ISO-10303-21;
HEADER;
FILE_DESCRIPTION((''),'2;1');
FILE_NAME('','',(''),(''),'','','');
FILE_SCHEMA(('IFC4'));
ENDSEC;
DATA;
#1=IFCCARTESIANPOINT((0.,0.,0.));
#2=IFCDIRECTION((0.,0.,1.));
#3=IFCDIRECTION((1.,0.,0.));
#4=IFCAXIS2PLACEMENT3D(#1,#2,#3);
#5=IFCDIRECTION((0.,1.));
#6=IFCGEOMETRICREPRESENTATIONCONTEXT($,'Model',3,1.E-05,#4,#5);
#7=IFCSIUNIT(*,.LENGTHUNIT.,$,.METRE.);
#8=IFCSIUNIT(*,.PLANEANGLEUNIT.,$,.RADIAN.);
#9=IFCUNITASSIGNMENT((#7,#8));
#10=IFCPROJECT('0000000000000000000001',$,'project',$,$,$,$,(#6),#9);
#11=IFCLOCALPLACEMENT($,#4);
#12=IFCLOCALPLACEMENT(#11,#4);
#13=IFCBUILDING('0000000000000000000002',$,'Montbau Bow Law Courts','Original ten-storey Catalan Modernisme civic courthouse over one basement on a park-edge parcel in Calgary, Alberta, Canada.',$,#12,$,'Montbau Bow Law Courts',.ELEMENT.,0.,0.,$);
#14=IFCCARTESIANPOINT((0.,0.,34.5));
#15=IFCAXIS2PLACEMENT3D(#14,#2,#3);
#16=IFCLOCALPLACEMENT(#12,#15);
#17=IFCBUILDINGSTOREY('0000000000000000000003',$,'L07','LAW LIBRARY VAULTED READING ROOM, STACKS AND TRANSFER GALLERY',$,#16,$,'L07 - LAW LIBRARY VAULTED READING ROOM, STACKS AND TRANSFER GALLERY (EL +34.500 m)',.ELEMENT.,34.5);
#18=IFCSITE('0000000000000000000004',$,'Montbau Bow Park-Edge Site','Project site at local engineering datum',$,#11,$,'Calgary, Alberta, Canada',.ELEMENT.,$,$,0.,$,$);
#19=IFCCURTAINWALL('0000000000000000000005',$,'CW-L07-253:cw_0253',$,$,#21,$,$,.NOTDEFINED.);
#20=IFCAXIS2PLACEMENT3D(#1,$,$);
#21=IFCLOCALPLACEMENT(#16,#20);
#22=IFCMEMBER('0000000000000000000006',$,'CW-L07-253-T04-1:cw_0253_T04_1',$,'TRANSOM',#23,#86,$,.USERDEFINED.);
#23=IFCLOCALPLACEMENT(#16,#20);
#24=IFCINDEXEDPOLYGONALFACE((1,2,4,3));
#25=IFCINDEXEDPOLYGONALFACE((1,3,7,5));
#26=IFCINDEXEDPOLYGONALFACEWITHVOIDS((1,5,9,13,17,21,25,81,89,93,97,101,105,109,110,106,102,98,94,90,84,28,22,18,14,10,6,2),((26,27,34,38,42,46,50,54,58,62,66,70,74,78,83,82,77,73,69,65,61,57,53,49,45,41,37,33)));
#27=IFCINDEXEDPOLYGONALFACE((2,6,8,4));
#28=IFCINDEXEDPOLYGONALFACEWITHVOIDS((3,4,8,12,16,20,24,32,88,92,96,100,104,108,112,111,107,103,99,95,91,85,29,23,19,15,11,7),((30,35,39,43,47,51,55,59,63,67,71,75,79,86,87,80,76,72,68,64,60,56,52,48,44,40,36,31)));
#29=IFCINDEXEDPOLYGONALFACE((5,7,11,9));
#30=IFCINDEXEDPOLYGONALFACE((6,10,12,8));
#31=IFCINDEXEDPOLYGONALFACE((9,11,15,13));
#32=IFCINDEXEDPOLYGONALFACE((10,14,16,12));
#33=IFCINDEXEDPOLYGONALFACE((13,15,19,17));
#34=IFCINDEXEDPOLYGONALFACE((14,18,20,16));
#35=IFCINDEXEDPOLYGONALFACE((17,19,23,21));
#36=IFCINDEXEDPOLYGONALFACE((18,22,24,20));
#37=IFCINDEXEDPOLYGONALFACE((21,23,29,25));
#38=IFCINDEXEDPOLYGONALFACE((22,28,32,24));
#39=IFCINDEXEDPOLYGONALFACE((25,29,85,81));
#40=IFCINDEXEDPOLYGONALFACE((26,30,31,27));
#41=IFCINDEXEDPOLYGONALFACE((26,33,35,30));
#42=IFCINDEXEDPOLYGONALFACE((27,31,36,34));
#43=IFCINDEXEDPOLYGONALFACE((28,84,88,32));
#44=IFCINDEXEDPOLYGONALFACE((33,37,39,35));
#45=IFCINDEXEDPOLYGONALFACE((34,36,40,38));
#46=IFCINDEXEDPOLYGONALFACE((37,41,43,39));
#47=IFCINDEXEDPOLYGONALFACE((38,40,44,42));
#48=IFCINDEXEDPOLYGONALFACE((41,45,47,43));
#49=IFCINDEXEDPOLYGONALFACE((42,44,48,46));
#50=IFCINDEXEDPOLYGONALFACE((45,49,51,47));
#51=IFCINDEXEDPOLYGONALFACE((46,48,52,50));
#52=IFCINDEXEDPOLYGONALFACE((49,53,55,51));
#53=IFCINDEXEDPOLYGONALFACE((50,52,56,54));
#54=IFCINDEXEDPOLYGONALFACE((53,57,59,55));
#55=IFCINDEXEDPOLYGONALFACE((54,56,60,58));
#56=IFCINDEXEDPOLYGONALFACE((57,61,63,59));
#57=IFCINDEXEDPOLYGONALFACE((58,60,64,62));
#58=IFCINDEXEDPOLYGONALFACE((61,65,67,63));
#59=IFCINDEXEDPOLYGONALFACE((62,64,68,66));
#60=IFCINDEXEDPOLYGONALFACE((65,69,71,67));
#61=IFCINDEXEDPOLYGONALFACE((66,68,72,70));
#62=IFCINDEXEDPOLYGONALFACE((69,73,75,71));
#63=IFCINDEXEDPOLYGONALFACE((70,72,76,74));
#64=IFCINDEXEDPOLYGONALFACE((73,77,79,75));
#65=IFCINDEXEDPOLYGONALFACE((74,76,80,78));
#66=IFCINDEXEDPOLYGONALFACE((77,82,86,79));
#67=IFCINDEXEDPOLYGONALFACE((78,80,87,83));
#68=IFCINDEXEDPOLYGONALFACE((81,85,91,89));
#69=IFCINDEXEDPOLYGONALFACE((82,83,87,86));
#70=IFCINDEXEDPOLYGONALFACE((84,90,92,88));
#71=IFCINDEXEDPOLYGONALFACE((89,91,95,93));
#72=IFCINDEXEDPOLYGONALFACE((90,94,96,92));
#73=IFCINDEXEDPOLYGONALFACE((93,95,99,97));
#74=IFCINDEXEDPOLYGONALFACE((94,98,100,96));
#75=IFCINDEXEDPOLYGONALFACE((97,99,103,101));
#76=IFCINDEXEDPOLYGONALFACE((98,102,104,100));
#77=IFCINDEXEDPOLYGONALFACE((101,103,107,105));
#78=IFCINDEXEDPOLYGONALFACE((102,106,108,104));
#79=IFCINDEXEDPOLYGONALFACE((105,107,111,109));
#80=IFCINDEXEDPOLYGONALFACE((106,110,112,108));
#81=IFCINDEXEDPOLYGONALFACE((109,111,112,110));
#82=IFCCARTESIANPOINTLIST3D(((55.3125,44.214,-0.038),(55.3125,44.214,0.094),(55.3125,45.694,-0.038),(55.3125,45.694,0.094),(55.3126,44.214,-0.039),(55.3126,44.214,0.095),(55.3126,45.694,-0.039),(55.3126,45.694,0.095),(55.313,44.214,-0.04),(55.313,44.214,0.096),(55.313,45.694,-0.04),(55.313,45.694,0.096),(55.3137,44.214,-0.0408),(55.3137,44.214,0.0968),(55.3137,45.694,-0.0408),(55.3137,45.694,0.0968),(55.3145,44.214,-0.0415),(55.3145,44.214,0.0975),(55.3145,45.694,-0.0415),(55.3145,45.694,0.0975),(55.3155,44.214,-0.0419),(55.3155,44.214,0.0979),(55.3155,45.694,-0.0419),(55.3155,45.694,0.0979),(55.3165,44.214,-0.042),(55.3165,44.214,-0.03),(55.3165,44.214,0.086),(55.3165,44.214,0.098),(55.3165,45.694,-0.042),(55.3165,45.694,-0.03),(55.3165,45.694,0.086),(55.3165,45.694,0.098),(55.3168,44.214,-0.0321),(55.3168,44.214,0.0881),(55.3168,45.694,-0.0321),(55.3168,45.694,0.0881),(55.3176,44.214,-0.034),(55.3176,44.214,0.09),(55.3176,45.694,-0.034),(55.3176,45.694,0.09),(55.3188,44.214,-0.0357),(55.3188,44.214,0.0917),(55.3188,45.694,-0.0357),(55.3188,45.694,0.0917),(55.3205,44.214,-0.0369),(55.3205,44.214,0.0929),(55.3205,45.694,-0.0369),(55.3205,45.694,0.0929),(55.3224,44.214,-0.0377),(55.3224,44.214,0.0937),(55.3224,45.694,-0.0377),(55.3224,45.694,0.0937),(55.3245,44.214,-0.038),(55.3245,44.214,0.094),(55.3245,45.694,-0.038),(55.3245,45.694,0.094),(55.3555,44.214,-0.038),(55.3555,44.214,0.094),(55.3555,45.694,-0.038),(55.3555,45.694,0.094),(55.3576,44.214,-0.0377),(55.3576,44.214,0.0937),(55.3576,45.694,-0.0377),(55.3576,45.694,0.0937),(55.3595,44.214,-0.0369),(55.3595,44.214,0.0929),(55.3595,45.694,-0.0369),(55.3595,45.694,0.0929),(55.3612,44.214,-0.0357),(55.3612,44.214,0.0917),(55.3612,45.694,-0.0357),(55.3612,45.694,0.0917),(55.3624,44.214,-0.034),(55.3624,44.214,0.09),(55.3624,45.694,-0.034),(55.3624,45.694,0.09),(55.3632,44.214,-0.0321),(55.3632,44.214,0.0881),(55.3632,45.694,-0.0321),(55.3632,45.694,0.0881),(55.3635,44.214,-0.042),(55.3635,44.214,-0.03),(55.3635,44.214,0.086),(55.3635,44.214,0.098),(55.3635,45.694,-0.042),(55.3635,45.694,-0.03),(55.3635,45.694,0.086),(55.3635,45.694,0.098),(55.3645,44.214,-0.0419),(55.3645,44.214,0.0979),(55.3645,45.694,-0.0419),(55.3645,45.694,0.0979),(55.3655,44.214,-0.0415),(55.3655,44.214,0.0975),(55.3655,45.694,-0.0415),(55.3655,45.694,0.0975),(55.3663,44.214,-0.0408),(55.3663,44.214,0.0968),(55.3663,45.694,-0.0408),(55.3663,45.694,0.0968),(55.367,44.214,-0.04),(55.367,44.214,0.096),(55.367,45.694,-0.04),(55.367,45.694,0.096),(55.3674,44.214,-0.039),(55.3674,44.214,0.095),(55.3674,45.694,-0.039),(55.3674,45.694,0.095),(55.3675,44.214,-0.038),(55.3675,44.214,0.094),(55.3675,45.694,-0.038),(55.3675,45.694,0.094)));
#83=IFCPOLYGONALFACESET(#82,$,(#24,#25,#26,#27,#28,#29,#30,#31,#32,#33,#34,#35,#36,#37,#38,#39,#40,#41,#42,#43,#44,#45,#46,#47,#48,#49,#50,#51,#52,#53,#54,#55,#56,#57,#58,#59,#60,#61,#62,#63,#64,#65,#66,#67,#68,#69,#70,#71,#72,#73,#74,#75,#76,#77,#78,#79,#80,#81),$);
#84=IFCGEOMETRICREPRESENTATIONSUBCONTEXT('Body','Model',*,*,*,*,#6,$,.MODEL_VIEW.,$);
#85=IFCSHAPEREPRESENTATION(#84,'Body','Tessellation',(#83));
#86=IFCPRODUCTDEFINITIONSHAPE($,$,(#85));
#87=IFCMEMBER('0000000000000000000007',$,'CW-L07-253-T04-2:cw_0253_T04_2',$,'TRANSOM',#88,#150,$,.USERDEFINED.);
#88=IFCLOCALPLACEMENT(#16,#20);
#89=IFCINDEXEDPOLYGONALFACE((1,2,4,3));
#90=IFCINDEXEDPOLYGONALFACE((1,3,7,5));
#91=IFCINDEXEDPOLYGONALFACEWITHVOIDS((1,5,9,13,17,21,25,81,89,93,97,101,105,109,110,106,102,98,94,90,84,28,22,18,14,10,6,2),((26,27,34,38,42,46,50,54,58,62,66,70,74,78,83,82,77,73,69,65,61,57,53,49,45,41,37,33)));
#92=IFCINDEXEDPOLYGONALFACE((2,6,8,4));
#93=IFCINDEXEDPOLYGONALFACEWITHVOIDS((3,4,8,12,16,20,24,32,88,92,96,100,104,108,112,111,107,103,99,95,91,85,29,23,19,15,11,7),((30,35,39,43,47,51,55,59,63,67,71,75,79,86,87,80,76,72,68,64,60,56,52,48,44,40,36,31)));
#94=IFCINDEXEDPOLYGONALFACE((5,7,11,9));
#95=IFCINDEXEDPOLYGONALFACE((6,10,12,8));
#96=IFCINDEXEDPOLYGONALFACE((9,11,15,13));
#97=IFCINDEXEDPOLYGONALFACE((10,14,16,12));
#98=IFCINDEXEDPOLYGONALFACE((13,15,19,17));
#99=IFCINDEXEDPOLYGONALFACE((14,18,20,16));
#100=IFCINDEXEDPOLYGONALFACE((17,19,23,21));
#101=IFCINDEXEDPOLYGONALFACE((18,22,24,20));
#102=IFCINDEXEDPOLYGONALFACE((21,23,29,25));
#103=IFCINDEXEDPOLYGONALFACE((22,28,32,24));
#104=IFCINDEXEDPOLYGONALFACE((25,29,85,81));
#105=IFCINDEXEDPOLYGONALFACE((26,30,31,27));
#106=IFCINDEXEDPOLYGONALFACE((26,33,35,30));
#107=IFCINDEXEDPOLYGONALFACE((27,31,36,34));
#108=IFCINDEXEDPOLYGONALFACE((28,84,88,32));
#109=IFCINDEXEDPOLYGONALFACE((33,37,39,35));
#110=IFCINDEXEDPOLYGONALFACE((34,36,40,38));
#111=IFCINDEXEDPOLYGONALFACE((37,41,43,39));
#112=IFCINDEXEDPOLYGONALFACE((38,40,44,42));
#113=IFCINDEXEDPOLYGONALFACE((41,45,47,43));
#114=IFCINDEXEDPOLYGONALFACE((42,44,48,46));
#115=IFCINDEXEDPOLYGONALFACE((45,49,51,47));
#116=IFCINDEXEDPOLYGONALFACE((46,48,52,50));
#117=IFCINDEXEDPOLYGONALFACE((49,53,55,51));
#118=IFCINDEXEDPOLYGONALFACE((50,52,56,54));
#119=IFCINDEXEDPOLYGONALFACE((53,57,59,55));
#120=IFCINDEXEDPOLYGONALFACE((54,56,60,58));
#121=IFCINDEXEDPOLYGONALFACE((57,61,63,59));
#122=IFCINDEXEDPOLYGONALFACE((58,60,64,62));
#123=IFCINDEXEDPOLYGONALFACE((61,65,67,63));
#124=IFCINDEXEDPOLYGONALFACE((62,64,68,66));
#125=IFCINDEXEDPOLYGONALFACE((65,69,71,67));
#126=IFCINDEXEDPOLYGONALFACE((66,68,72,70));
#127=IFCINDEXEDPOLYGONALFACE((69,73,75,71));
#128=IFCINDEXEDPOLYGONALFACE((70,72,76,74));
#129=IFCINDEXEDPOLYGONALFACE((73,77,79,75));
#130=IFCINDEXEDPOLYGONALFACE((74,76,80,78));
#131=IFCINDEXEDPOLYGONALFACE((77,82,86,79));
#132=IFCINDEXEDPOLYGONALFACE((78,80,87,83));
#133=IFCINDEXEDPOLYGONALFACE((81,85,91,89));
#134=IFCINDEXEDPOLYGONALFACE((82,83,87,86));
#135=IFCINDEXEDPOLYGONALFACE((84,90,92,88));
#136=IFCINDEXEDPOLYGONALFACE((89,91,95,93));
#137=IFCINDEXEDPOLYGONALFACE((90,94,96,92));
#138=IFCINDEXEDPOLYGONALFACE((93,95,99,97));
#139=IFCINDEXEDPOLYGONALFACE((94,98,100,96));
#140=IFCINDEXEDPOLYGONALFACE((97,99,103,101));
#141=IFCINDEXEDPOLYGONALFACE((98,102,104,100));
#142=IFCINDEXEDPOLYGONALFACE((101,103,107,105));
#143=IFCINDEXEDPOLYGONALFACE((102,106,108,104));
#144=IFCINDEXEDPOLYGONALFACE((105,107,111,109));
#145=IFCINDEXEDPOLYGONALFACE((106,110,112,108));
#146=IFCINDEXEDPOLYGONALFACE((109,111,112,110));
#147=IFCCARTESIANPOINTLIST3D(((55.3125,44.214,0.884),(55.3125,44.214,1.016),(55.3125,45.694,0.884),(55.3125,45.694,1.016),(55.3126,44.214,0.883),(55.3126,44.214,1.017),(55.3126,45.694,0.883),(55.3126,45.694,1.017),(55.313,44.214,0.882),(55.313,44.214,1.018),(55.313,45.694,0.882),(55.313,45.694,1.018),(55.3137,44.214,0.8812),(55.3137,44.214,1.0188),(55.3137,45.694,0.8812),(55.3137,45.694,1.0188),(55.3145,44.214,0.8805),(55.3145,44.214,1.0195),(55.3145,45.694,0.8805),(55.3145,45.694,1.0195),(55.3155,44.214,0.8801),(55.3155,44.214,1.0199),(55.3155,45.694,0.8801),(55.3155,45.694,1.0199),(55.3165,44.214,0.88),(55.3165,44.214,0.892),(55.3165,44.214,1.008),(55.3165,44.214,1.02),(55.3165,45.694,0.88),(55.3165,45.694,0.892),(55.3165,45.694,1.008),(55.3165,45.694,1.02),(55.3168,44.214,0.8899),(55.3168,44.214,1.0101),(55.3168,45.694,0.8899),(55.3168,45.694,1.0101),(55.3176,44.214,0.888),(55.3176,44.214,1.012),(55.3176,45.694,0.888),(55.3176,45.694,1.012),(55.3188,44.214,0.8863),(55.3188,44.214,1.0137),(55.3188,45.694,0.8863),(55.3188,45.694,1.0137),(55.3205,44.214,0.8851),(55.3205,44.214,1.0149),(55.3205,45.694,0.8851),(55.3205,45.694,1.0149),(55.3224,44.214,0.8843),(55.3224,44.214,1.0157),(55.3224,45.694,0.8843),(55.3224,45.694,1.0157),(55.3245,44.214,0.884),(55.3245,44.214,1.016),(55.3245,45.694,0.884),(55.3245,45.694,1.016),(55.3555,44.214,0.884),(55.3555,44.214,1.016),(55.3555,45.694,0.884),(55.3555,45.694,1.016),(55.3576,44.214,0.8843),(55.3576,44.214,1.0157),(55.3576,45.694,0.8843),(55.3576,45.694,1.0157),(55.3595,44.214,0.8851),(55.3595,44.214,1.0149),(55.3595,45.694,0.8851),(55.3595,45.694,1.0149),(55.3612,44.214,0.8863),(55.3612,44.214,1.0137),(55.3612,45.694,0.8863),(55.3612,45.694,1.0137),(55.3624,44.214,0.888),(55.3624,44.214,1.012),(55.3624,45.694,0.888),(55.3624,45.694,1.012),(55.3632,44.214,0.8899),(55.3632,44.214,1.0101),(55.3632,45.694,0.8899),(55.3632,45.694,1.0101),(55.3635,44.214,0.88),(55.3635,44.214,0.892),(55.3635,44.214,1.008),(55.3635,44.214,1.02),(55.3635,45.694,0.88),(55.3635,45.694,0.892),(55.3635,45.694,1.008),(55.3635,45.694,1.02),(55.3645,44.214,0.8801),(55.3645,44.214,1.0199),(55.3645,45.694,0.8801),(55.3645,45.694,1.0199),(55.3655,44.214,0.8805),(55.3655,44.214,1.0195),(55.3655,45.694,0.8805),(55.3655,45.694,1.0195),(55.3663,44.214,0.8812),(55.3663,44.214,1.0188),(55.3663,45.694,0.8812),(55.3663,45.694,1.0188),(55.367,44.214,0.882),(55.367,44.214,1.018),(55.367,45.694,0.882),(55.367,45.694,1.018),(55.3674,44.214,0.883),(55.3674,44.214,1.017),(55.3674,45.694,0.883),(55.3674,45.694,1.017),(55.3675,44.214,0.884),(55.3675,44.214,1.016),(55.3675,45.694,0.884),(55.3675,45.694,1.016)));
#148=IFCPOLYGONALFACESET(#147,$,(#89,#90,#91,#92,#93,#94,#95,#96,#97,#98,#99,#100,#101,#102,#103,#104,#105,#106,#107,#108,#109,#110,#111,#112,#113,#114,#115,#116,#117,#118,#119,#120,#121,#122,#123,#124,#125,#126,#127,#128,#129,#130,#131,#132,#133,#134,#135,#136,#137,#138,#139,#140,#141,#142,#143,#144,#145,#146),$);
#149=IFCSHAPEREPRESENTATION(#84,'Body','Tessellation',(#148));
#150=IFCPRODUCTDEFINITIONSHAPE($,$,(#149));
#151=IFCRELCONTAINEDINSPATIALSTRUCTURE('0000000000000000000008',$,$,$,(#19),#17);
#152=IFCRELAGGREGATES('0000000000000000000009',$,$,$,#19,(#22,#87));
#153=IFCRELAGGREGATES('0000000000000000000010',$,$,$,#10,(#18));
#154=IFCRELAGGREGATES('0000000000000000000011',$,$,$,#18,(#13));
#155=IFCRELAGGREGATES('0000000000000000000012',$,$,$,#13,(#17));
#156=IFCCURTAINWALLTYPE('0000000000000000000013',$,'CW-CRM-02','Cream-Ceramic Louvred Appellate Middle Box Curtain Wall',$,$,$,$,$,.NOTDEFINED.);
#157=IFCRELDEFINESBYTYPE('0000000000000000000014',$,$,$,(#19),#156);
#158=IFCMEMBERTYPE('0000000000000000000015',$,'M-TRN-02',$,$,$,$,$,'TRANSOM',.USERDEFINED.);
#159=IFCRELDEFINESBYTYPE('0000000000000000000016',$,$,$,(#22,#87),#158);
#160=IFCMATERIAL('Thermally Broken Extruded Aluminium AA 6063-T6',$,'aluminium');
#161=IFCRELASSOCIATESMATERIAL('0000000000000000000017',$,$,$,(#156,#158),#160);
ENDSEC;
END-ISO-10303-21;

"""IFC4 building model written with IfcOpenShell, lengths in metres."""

from ifc_helpers import new_model, si_unit, direction, frame, origin_with_axes, origin_2d_with_axis, place, context, subcontext, project, spatial, hollow_rectangle, extrude, material, material_profile, profile_set, type_object, element, aggregate, save


model = new_model("IFC4")

# Units and contexts
model_context = context("Model", 3, precision=1e-05, world=origin_with_axes(), true_north=direction((0.0, 1.0)))
body_context = subcontext(model_context, "Body", "Model", "MODEL_VIEW")
ifc_project = project(units=[si_unit("LENGTHUNIT", "METRE"), si_unit("PLANEANGLEUNIT", "RADIAN")], contexts=[model_context])

# Site, building, storey
site_placement = place(None, origin_with_axes())
site = spatial("IfcSite", under=ifc_project, at=site_placement, Name="Montbau Bow Park-Edge Site", Description="Project site at local engineering datum", LongName="Calgary, Alberta, Canada", CompositionType="ELEMENT", RefElevation=0.0)
building_placement = place(site_placement, origin_with_axes())
building = spatial("IfcBuilding", under=site, at=building_placement, Name="Montbau Bow Law Courts", Description="Original ten-storey Catalan Modernisme civic courthouse over one basement on a park-edge parcel in Calgary, Alberta, Canada.", LongName="Montbau Bow Law Courts", CompositionType="ELEMENT", ElevationOfRefHeight=0.0, ElevationOfTerrain=0.0)
storey_placement = place(building_placement, frame((0.0, 0.0, 34.5), z_axis=(0.0, 0.0, 1.0), x_axis=(1.0, 0.0, 0.0)))
storey = spatial("IfcBuildingStorey", under=building, at=storey_placement, Name="L07", Description="LAW LIBRARY VAULTED READING ROOM, STACKS AND TRANSFER GALLERY", LongName="L07 - LAW LIBRARY VAULTED READING ROOM, STACKS AND TRANSFER GALLERY (EL +34.500 m)", CompositionType="ELEMENT", Elevation=34.5)

# Curtain wall
ifc_material_1 = material(Name="Thermally Broken Extruded Aluminium AA 6063-T6", Category="aluminium")
curtain_wall_type = type_object("IfcCurtainWallType", Name="CW-CRM-02", Description="Cream-Ceramic Louvred Appellate Middle Box Curtain Wall", PredefinedType="NOTDEFINED", material=ifc_material_1)
curtain_wall_1_placement = place(None, frame((55.34, 39.44, 34.5), z_axis=(0.0, 0.0, 1.0), x_axis=(1.0, 0.0, 0.0)))
curtain_wall_1 = element("IfcCurtainWall", 1, at=curtain_wall_1_placement, inside=storey, type_object=curtain_wall_type, Name="CW-L07-253:cw_0253", PredefinedType="NOTDEFINED")

# Members
ifc_material_profile_1 = material_profile(ifc_material_1, hollow_rectangle(XDim=0.055, YDim=0.14, WallThickness=0.004, InnerFilletRadius=0.008, OuterFilletRadius=0.004, at=origin_2d_with_axis()), Name="CWT-140X55", Category="Main", Priority=0)
ifc_profile_set_1 = profile_set([ifc_material_profile_1], Name="Thermally Broken Extruded Aluminium AA 6063-T6")
member_type_1 = type_object("IfcMemberType", Name="M-TRN-02", ElementType="TRANSOM", PredefinedType="USERDEFINED", material=ifc_profile_set_1)
member_1_placement = place(None, frame((55.34, 44.214, 34.528), z_axis=(0.0, 1.0, 0.0), x_axis=(-1.0, 0.0, 0.0)))
member_1 = element("IfcMember", 2, at=member_1_placement, type_object=member_type_1, Name="CW-L07-253-T04-1:cw_0253_T04_1", ObjectType="TRANSOM", PredefinedType="USERDEFINED", context=body_context, shape_type="SweptSolid", body=[
    extrude(hollow_rectangle(XDim=0.055, YDim=0.14, WallThickness=0.004, InnerFilletRadius=0.008, OuterFilletRadius=0.004, at=origin_2d_with_axis()), origin_with_axes(), (0.0, 0.0, 1.0), 1.48),
])
member_2_placement = place(None, frame((55.34, 44.214, 35.45), z_axis=(0.0, 1.0, 0.0), x_axis=(-1.0, 0.0, 0.0)))
member_2 = element("IfcMember", 3, at=member_2_placement, type_object=member_type_1, Name="CW-L07-253-T04-2:cw_0253_T04_2", ObjectType="TRANSOM", PredefinedType="USERDEFINED", context=body_context, shape_type="SweptSolid", body=[
    extrude(hollow_rectangle(XDim=0.055, YDim=0.14, WallThickness=0.004, InnerFilletRadius=0.008, OuterFilletRadius=0.004, at=origin_2d_with_axis()), origin_with_axes(), (0.0, 0.0, 1.0), 1.48),
])

aggregate(curtain_wall_1, [member_1, member_2])

save(model, "model.ifc")
